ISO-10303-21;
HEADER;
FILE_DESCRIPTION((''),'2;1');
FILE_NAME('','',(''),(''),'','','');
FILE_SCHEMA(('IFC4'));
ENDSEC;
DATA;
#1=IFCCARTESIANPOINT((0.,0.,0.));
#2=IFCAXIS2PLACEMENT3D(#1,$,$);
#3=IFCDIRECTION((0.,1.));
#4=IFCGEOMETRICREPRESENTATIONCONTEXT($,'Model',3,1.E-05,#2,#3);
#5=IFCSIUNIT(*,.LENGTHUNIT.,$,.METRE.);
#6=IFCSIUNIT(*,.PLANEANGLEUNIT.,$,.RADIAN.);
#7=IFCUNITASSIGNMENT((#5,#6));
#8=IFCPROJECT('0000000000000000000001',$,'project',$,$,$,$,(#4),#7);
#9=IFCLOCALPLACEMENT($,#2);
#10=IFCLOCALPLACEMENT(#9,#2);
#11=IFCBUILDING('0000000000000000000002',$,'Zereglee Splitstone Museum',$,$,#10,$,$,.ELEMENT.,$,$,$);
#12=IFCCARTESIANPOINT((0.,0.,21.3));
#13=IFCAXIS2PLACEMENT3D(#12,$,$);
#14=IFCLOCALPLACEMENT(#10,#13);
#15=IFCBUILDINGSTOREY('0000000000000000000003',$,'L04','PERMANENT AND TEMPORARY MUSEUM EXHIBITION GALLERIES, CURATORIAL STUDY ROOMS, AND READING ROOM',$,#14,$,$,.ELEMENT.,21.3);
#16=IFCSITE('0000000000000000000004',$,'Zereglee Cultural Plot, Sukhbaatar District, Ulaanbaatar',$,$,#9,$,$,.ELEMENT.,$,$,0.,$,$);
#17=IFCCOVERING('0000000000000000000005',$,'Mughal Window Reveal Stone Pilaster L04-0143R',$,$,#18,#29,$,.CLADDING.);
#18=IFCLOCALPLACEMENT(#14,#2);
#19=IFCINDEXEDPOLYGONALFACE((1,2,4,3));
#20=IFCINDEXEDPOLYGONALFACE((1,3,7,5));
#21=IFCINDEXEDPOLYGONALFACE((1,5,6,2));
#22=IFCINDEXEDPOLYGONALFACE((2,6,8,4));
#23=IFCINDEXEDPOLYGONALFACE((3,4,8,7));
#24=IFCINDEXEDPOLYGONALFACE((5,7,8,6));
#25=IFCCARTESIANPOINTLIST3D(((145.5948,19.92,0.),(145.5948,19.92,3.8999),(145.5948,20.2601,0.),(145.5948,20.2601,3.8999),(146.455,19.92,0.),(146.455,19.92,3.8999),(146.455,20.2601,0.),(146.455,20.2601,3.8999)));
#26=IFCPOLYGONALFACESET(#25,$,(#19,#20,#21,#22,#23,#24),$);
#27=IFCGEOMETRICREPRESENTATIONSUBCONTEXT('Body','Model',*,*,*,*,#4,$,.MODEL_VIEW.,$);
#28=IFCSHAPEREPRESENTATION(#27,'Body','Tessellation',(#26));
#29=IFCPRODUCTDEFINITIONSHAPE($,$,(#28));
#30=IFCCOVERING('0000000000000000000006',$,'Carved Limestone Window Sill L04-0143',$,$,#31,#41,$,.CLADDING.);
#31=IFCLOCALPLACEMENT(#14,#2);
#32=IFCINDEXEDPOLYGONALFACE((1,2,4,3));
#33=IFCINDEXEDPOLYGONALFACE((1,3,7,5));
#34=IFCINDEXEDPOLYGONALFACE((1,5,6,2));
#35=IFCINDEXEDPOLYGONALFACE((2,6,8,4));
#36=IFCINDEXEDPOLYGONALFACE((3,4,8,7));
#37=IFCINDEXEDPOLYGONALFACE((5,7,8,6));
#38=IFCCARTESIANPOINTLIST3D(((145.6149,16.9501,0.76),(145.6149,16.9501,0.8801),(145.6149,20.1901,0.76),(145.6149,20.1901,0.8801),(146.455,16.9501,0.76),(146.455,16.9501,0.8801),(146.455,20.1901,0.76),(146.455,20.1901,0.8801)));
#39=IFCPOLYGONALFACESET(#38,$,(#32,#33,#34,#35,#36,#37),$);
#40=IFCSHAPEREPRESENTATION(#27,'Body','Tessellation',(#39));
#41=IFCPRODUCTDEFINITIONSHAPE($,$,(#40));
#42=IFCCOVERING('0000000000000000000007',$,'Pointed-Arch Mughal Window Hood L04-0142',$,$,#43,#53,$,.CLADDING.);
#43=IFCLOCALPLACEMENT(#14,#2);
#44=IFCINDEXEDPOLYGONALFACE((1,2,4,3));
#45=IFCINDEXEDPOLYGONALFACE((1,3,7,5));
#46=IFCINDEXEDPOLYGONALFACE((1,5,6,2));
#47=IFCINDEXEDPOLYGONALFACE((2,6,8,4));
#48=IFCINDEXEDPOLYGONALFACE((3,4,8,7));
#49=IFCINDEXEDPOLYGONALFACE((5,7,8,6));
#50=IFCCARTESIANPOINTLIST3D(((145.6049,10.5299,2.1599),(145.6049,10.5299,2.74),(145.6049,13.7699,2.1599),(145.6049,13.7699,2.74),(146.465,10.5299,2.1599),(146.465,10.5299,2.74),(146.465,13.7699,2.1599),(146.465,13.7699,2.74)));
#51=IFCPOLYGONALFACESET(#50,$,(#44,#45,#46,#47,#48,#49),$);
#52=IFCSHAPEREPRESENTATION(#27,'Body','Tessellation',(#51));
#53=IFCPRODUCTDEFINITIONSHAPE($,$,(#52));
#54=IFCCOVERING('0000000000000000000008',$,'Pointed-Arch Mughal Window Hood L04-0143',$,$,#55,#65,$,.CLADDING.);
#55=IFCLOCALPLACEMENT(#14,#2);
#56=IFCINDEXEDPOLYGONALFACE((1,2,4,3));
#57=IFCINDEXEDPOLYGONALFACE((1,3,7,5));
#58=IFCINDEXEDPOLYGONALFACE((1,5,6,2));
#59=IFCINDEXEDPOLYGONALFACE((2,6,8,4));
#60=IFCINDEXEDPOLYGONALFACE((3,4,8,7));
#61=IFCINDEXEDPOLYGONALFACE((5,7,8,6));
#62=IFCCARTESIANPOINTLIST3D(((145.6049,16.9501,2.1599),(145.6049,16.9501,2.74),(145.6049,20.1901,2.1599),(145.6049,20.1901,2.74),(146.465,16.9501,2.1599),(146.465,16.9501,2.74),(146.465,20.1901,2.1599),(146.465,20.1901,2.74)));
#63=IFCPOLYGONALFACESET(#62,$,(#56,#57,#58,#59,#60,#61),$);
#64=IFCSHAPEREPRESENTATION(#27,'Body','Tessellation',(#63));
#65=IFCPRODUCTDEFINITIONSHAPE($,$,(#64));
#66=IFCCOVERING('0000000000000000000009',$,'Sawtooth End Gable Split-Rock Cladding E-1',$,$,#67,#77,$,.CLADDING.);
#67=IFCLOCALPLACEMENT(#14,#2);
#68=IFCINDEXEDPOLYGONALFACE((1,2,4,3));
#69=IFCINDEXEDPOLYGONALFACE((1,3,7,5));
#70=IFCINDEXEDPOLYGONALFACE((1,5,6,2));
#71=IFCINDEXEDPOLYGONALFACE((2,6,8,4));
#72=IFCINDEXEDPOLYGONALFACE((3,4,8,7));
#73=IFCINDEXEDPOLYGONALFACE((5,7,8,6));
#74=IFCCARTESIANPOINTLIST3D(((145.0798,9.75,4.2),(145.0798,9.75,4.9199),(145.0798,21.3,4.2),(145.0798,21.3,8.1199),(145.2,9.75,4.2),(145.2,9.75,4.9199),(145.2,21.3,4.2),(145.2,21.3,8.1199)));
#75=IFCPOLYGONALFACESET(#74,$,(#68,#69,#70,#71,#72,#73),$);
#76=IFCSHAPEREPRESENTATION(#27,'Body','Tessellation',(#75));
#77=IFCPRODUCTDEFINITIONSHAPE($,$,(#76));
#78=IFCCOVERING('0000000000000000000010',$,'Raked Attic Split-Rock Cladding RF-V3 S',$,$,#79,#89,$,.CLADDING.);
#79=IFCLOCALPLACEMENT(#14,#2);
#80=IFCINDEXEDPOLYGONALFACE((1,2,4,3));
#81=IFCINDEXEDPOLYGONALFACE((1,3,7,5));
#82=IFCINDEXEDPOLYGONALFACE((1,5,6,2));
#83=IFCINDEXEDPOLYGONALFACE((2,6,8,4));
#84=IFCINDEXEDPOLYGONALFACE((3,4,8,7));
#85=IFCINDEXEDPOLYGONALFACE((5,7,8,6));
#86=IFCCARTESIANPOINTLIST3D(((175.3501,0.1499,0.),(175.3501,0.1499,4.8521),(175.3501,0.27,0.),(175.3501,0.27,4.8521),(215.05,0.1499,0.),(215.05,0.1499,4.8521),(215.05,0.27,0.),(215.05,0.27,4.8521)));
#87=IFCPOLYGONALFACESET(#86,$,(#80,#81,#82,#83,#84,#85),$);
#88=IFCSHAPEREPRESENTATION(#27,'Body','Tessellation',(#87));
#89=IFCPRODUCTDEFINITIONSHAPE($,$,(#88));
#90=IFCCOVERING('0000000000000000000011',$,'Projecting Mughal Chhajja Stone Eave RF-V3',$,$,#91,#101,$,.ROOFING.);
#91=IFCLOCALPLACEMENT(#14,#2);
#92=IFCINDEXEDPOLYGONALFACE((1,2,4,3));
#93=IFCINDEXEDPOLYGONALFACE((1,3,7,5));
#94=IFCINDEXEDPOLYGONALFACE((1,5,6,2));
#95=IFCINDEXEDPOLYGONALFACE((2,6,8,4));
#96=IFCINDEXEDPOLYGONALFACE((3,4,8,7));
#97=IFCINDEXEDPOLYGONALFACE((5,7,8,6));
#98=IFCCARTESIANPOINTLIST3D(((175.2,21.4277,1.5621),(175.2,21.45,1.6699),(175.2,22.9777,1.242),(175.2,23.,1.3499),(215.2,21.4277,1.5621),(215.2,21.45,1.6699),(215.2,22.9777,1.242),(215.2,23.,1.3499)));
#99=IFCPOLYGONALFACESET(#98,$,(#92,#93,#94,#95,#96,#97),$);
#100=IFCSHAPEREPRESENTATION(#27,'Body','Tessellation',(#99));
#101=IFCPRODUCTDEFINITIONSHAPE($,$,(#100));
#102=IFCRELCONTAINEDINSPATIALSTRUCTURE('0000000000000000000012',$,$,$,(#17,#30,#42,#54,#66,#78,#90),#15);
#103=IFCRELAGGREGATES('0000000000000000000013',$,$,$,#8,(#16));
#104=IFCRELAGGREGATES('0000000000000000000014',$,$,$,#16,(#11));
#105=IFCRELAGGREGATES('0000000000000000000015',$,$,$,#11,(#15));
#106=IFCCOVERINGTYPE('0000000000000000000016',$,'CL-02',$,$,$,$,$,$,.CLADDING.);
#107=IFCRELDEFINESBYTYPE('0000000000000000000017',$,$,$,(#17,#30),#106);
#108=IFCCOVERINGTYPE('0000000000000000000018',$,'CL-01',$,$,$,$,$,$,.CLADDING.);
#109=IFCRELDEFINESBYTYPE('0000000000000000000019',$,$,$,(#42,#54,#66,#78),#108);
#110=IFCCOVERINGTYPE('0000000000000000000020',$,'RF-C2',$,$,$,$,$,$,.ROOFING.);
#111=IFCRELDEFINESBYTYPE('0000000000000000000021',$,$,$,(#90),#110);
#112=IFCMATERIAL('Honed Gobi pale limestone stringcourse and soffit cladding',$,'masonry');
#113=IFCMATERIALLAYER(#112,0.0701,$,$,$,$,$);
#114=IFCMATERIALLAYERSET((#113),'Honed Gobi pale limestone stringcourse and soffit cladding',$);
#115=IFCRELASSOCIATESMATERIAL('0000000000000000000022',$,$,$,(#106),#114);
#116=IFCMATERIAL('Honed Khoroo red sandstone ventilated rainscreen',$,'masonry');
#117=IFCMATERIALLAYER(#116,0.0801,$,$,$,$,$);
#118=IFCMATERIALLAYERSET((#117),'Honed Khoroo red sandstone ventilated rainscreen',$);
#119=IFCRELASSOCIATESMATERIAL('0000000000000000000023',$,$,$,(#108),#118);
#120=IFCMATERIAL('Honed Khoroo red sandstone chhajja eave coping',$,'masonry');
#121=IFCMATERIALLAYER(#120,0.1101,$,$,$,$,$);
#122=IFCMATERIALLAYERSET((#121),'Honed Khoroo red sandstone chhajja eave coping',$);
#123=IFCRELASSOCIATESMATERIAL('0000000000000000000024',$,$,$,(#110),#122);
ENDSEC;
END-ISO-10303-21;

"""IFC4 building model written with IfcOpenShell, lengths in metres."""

from ifc_helpers import new_model, si_unit, direction, frame, origin, origin_2d, place, context, subcontext, project, spatial, polyline, rectangle, outline, extrude, material, layer, layer_set, type_object, element, save


model = new_model("IFC4")

# Units and contexts
model_context = context("Model", 3, precision=1e-05, world=origin(), true_north=direction((0.0, 1.0)))
body_context = subcontext(model_context, "Body", "Model", "MODEL_VIEW")
ifc_project = project(units=[si_unit("LENGTHUNIT", "METRE"), si_unit("PLANEANGLEUNIT", "RADIAN")], contexts=[model_context])

# Site, building, storey
site_placement = place(None, origin())
site = spatial("IfcSite", under=ifc_project, at=site_placement, Name="Zereglee Cultural Plot, Sukhbaatar District, Ulaanbaatar", CompositionType="ELEMENT", RefElevation=0.0)
building_placement = place(site_placement, origin())
building = spatial("IfcBuilding", under=site, at=building_placement, Name="Zereglee Splitstone Museum", CompositionType="ELEMENT")
storey_placement = place(building_placement, frame((0.0, 0.0, 21.3)))
storey = spatial("IfcBuildingStorey", under=building, at=storey_placement, Name="L04", Description="PERMANENT AND TEMPORARY MUSEUM EXHIBITION GALLERIES, CURATORIAL STUDY ROOMS, AND READING ROOM", CompositionType="ELEMENT", Elevation=21.3)

# Coverings
ifc_material_1 = material(Name="Honed Gobi pale limestone stringcourse and soffit cladding", Category="masonry")
ifc_layer_1 = layer(ifc_material_1, 0.0701)
ifc_layer_set_1 = layer_set([ifc_layer_1], Name="Honed Gobi pale limestone stringcourse and soffit cladding")
covering_type_1 = type_object("IfcCoveringType", Name="CL-02", PredefinedType="CLADDING", material=ifc_layer_set_1)
for number, where, z_axis, x_axis, name in (
    (1, (146.0249, 20.0901, 0.0), (0.0, 0.0, 1.0), (0.0, 1.0, 0.0), "Mughal Window Reveal Stone Pilaster L04-0143R"),
):
    element("IfcCovering", number, at=place(storey_placement, frame(where, z_axis=z_axis, x_axis=x_axis)), inside=storey, type_object=covering_type_1, Name=name, PredefinedType="CLADDING", context=body_context, shape_type="SweptSolid", body=[
        extrude(rectangle(XDim=0.3401, YDim=0.8601, at=origin_2d()), origin(), (0.0, 0.0, 1.0), 3.8999),
    ])
covering_1_placement = place(storey_placement, frame((146.0349, 18.5701, 0.76), z_axis=(0.0, 0.0, 1.0), x_axis=(0.0, 1.0, 0.0)))
element("IfcCovering", 2, at=covering_1_placement, inside=storey, type_object=covering_type_1, Name="Carved Limestone Window Sill L04-0143", PredefinedType="CLADDING", context=body_context, shape_type="SweptSolid", body=[
    extrude(rectangle(XDim=3.24, YDim=0.8401, at=origin_2d()), origin(), (0.0, 0.0, 1.0), 0.1201),
])
ifc_material_2 = material(Name="Honed Khoroo red sandstone ventilated rainscreen", Category="masonry")
ifc_layer_2 = layer(ifc_material_2, 0.0801)
ifc_layer_set_2 = layer_set([ifc_layer_2], Name="Honed Khoroo red sandstone ventilated rainscreen")
covering_type_2 = type_object("IfcCoveringType", Name="CL-01", PredefinedType="CLADDING", material=ifc_layer_set_2)
for number, where, z_axis, x_axis, name in (
    (3, (146.0349, 12.1499, 2.1599), (0.0, 0.0, 1.0), (0.0, 1.0, 0.0), "Pointed-Arch Mughal Window Hood L04-0142"),
    (4, (146.0349, 18.5701, 2.1599), (0.0, 0.0, 1.0), (0.0, 1.0, 0.0), "Pointed-Arch Mughal Window Hood L04-0143"),
):
    element("IfcCovering", number, at=place(storey_placement, frame(where, z_axis=z_axis, x_axis=x_axis)), inside=storey, type_object=covering_type_2, Name=name, PredefinedType="CLADDING", context=body_context, shape_type="SweptSolid", body=[
        extrude(rectangle(XDim=3.24, YDim=0.8601, at=origin_2d()), origin(), (0.0, 0.0, 1.0), 0.5801),
    ])
covering_2_placement = place(storey_placement, frame((145.2, 9.75, 4.2), z_axis=(1.0, 0.0, 0.0), x_axis=(0.0, 1.0, 0.0)))
element("IfcCovering", 5, at=covering_2_placement, inside=storey, type_object=covering_type_2, Name="Sawtooth End Gable Split-Rock Cladding E-1", PredefinedType="CLADDING", context=body_context, shape_type="SweptSolid", body=[
    extrude(outline(polyline([(0.0, 0.0), (11.55, 0.0), (11.55, 3.9199), (0.0, 0.72), (0.0, 0.0)])), origin(), (0.0, 0.0, -1.0), 0.1201),
])
covering_3_placement = place(storey_placement, frame((175.3501, 0.1499, 0.0), z_axis=(0.0, -1.0, 0.0), x_axis=(1.0, 0.0, 0.0)))
element("IfcCovering", 6, at=covering_3_placement, inside=storey, type_object=covering_type_2, Name="Raked Attic Split-Rock Cladding RF-V3 S", PredefinedType="CLADDING", context=body_context, shape_type="SweptSolid", body=[
    extrude(outline(polyline([(0.0, 0.0), (39.7, 0.0), (39.7, 4.8521), (0.0, 4.8521), (0.0, 0.0)])), origin(), (0.0, 0.0, -1.0), 0.1201),
])
ifc_material_3 = material(Name="Honed Khoroo red sandstone chhajja eave coping", Category="masonry")
ifc_layer_3 = layer(ifc_material_3, 0.1101)
ifc_layer_set_3 = layer_set([ifc_layer_3], Name="Honed Khoroo red sandstone chhajja eave coping")
covering_type_3 = type_object("IfcCoveringType", Name="RF-C2", PredefinedType="ROOFING", material=ifc_layer_set_3)
covering_4_placement = place(storey_placement, frame((175.2, 21.45, 1.6699), z_axis=(0.0, 0.202223, 0.979339), x_axis=(1.0, 0.0, 0.0)))
element("IfcCovering", 7, at=covering_4_placement, inside=storey, type_object=covering_type_3, Name="Projecting Mughal Chhajja Stone Eave RF-V3", PredefinedType="ROOFING", context=body_context, shape_type="SweptSolid", body=[
    extrude(outline(polyline([(0.0, 0.0), (40.0, 0.0), (40.0, 1.5827), (0.0, 1.5827), (0.0, 0.0)])), origin(), (0.0, 0.0, -1.0), 0.1101),
])

save(model, "model.ifc")
